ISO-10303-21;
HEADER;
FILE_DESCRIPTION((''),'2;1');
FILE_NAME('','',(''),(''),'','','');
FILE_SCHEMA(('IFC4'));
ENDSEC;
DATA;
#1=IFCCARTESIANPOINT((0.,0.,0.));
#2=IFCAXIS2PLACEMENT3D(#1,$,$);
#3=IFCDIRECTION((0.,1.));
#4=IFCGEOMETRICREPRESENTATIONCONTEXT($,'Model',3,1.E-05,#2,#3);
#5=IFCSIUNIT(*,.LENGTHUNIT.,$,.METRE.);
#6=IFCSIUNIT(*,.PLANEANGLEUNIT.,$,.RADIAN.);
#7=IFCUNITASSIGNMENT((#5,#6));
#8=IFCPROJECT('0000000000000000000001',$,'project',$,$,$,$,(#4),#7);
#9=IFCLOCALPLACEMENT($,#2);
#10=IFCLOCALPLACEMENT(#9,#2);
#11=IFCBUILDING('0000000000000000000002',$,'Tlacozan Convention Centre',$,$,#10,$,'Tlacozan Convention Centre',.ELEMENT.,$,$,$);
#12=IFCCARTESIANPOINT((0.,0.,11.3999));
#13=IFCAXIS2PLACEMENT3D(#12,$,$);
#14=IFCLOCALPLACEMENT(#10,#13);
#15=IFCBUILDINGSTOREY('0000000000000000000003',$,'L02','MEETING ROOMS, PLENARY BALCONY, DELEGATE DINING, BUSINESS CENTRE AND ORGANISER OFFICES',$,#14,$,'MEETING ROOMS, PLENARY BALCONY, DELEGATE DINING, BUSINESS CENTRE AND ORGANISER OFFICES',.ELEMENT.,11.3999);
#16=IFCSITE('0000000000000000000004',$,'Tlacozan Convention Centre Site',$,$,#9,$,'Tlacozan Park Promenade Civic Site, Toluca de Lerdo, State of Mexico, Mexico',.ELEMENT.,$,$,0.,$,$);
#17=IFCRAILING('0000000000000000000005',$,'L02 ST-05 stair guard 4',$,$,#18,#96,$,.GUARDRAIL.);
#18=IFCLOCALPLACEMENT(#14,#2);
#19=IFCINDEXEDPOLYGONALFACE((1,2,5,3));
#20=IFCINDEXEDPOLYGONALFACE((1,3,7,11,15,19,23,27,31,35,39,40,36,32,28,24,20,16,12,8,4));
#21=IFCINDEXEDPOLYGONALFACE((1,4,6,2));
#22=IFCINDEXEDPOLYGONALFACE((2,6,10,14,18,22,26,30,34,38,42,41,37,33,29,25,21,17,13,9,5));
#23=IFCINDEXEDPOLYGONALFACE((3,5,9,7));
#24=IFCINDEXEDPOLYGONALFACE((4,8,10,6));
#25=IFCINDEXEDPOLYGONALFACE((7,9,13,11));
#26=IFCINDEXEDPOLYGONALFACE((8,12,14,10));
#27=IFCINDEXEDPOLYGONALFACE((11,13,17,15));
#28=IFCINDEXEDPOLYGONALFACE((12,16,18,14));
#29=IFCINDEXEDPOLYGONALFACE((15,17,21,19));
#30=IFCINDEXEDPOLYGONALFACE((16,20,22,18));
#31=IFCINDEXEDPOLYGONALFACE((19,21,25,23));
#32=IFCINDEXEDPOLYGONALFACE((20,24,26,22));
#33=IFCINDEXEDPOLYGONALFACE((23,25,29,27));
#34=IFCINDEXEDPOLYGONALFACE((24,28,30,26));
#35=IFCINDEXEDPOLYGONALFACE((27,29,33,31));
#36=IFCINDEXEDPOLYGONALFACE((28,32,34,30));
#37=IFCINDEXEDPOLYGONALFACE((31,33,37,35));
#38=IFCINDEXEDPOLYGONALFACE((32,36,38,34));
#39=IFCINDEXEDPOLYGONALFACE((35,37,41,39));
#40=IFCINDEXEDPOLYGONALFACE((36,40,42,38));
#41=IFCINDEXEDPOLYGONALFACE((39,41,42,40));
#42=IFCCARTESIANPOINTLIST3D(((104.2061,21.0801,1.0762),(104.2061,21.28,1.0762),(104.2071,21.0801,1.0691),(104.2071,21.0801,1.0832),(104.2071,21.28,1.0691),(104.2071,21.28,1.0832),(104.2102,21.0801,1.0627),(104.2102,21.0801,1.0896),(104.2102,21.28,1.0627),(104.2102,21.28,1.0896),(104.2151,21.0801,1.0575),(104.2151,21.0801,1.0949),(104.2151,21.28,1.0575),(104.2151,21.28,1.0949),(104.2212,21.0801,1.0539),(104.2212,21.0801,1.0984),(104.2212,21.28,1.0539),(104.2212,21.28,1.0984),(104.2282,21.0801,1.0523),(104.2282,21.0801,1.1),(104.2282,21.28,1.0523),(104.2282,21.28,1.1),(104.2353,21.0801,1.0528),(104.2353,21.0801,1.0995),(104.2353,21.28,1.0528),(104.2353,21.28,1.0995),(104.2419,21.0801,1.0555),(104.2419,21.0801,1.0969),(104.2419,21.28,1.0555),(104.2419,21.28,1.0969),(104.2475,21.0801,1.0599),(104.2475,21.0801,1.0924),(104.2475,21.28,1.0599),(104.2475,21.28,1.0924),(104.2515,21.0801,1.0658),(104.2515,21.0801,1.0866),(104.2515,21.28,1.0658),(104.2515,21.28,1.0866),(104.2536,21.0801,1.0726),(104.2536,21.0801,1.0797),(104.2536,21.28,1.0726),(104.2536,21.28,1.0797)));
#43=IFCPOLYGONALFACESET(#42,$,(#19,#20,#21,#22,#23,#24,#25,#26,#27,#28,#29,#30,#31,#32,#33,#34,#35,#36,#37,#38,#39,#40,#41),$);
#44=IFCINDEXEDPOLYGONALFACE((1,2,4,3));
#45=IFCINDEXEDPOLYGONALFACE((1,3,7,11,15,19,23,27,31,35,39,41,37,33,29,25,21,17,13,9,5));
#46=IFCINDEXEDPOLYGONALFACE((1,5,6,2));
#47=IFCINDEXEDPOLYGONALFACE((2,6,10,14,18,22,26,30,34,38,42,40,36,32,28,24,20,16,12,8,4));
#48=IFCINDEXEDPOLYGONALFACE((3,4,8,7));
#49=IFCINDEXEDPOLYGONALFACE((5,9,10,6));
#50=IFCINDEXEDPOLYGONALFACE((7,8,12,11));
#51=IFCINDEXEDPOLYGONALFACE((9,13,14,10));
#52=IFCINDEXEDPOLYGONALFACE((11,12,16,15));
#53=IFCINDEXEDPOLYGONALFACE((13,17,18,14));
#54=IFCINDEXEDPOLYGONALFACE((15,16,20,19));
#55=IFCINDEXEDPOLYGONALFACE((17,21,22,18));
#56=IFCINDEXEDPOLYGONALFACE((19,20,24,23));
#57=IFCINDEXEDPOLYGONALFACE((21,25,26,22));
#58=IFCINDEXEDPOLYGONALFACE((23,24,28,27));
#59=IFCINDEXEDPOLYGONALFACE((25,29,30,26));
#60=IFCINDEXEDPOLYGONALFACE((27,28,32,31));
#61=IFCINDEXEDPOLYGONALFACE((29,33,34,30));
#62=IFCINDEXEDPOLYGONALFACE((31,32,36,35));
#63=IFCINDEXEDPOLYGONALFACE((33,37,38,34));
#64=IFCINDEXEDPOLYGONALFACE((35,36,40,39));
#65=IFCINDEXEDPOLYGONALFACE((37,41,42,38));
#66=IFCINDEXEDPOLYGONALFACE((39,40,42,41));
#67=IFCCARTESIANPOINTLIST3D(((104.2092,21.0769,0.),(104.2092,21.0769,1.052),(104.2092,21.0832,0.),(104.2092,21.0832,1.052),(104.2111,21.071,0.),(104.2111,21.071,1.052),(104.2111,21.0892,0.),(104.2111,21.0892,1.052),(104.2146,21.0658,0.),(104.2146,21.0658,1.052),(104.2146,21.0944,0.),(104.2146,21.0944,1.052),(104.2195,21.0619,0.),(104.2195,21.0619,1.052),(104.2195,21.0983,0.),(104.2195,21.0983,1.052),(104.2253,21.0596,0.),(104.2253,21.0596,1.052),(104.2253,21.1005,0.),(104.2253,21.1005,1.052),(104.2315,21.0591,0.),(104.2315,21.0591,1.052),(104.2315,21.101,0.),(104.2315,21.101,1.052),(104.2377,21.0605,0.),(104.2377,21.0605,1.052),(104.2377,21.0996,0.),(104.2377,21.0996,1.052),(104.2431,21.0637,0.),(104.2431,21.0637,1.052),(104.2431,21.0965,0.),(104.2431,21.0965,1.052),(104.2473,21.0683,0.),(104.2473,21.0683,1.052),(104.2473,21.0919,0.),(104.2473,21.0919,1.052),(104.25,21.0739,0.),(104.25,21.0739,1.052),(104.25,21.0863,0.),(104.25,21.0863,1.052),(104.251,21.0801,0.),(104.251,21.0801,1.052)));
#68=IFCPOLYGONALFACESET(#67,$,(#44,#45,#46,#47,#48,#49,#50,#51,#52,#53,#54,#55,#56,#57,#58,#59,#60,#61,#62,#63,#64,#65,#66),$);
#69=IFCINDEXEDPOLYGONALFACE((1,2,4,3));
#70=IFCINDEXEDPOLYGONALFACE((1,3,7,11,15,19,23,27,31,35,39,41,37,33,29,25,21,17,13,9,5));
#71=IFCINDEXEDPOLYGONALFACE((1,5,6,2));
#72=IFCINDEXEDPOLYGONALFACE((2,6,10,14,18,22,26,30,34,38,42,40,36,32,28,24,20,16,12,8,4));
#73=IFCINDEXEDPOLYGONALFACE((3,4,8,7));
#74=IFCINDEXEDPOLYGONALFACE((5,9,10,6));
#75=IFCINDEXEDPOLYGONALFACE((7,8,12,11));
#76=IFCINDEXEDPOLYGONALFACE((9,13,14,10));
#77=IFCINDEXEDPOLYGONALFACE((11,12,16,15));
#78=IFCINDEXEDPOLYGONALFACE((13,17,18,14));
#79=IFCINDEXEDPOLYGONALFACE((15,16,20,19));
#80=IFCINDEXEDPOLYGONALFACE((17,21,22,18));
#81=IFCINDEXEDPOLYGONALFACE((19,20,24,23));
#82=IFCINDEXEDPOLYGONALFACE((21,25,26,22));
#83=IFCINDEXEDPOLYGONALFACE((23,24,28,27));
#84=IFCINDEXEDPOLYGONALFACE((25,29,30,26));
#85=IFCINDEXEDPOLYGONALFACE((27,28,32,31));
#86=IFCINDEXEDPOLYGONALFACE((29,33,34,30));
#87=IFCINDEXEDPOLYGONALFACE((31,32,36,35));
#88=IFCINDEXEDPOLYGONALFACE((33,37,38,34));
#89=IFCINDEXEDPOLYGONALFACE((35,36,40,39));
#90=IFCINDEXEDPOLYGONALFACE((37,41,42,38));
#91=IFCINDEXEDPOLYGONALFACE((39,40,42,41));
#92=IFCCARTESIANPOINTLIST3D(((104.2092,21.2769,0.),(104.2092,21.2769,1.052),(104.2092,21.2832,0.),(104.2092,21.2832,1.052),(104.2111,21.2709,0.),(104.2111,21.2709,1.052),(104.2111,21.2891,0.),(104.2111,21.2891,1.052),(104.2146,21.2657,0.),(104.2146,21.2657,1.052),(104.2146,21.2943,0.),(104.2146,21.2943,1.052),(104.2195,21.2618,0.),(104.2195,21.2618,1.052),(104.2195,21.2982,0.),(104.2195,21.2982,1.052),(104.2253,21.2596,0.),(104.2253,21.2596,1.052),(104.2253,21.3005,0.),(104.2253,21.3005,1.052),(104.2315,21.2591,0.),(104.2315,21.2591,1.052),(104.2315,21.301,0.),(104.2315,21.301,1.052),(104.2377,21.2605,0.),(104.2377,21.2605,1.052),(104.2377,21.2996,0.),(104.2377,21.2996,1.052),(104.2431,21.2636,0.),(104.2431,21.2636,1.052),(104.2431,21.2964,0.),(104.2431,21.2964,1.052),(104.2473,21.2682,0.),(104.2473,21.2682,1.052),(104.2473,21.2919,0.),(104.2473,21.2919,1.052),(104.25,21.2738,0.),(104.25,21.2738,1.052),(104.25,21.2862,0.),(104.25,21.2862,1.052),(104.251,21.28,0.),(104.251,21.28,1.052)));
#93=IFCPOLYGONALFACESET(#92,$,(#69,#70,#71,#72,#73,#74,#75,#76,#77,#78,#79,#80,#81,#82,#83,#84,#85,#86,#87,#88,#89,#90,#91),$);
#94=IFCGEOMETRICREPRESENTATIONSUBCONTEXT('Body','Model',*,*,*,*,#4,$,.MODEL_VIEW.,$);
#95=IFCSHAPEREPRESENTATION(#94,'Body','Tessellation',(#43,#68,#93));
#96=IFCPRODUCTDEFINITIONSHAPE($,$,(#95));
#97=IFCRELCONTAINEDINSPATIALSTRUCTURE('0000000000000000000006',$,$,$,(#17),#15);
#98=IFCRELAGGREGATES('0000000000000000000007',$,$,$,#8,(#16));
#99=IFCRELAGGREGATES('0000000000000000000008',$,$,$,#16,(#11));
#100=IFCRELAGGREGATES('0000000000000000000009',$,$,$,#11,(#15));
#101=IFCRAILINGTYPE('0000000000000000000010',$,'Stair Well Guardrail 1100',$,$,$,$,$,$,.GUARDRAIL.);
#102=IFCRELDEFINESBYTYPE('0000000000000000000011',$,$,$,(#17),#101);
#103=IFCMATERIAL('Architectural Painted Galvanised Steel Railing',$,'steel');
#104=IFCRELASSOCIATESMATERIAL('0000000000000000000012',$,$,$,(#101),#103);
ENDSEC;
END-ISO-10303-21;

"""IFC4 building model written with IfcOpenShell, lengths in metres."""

from ifc_helpers import new_model, si_unit, direction, frame, origin, origin_2d, place, context, subcontext, project, spatial, circle, extrude, material, type_object, element, save


model = new_model("IFC4")

# Units and contexts
model_context = context("Model", 3, precision=1e-05, world=origin(), true_north=direction((0.0, 1.0)))
body_context = subcontext(model_context, "Body", "Model", "MODEL_VIEW")
ifc_project = project(units=[si_unit("LENGTHUNIT", "METRE"), si_unit("PLANEANGLEUNIT", "RADIAN")], contexts=[model_context])

# Site, building, storey
site_placement = place(None, origin())
site = spatial("IfcSite", under=ifc_project, at=site_placement, Name="Tlacozan Convention Centre Site", LongName="Tlacozan Park Promenade Civic Site, Toluca de Lerdo, State of Mexico, Mexico", CompositionType="ELEMENT", RefElevation=0.0)
building_placement = place(site_placement, origin())
building = spatial("IfcBuilding", under=site, at=building_placement, Name="Tlacozan Convention Centre", LongName="Tlacozan Convention Centre", CompositionType="ELEMENT")
storey_placement = place(building_placement, frame((0.0, 0.0, 11.3999)))
storey = spatial("IfcBuildingStorey", under=building, at=storey_placement, Name="L02", Description="MEETING ROOMS, PLENARY BALCONY, DELEGATE DINING, BUSINESS CENTRE AND ORGANISER OFFICES", LongName="MEETING ROOMS, PLENARY BALCONY, DELEGATE DINING, BUSINESS CENTRE AND ORGANISER OFFICES", CompositionType="ELEMENT", Elevation=11.3999)

# Railing
ifc_material_1 = material(Name="Architectural Painted Galvanised Steel Railing", Category="steel")
railing_type_1 = type_object("IfcRailingType", Name="Stair Well Guardrail 1100", PredefinedType="GUARDRAIL", material=ifc_material_1)
railing_1_placement = place(storey_placement, frame((104.23, 21.0801, 0.0)))
element("IfcRailing", 1, at=railing_1_placement, inside=storey, type_object=railing_type_1, Name="L02 ST-05 stair guard 4", PredefinedType="GUARDRAIL", context=body_context, shape_type="SweptSolid", body=[
    extrude(circle(Radius=0.0239, at=origin_2d()), frame((0.0, 0.0, 1.0762), z_axis=(0.0, 1.0, 0.0), x_axis=(-1.0, 0.0, 0.0)), (0.0, 0.0, 1.0), 0.2),
    extrude(circle(Radius=0.021, at=origin_2d()), origin(), (0.0, 0.0, 1.0), 1.052),
    extrude(circle(Radius=0.021, at=origin_2d()), frame((0.0, 0.2, 0.0)), (0.0, 0.0, 1.0), 1.052),
])

save(model, "model.ifc")
